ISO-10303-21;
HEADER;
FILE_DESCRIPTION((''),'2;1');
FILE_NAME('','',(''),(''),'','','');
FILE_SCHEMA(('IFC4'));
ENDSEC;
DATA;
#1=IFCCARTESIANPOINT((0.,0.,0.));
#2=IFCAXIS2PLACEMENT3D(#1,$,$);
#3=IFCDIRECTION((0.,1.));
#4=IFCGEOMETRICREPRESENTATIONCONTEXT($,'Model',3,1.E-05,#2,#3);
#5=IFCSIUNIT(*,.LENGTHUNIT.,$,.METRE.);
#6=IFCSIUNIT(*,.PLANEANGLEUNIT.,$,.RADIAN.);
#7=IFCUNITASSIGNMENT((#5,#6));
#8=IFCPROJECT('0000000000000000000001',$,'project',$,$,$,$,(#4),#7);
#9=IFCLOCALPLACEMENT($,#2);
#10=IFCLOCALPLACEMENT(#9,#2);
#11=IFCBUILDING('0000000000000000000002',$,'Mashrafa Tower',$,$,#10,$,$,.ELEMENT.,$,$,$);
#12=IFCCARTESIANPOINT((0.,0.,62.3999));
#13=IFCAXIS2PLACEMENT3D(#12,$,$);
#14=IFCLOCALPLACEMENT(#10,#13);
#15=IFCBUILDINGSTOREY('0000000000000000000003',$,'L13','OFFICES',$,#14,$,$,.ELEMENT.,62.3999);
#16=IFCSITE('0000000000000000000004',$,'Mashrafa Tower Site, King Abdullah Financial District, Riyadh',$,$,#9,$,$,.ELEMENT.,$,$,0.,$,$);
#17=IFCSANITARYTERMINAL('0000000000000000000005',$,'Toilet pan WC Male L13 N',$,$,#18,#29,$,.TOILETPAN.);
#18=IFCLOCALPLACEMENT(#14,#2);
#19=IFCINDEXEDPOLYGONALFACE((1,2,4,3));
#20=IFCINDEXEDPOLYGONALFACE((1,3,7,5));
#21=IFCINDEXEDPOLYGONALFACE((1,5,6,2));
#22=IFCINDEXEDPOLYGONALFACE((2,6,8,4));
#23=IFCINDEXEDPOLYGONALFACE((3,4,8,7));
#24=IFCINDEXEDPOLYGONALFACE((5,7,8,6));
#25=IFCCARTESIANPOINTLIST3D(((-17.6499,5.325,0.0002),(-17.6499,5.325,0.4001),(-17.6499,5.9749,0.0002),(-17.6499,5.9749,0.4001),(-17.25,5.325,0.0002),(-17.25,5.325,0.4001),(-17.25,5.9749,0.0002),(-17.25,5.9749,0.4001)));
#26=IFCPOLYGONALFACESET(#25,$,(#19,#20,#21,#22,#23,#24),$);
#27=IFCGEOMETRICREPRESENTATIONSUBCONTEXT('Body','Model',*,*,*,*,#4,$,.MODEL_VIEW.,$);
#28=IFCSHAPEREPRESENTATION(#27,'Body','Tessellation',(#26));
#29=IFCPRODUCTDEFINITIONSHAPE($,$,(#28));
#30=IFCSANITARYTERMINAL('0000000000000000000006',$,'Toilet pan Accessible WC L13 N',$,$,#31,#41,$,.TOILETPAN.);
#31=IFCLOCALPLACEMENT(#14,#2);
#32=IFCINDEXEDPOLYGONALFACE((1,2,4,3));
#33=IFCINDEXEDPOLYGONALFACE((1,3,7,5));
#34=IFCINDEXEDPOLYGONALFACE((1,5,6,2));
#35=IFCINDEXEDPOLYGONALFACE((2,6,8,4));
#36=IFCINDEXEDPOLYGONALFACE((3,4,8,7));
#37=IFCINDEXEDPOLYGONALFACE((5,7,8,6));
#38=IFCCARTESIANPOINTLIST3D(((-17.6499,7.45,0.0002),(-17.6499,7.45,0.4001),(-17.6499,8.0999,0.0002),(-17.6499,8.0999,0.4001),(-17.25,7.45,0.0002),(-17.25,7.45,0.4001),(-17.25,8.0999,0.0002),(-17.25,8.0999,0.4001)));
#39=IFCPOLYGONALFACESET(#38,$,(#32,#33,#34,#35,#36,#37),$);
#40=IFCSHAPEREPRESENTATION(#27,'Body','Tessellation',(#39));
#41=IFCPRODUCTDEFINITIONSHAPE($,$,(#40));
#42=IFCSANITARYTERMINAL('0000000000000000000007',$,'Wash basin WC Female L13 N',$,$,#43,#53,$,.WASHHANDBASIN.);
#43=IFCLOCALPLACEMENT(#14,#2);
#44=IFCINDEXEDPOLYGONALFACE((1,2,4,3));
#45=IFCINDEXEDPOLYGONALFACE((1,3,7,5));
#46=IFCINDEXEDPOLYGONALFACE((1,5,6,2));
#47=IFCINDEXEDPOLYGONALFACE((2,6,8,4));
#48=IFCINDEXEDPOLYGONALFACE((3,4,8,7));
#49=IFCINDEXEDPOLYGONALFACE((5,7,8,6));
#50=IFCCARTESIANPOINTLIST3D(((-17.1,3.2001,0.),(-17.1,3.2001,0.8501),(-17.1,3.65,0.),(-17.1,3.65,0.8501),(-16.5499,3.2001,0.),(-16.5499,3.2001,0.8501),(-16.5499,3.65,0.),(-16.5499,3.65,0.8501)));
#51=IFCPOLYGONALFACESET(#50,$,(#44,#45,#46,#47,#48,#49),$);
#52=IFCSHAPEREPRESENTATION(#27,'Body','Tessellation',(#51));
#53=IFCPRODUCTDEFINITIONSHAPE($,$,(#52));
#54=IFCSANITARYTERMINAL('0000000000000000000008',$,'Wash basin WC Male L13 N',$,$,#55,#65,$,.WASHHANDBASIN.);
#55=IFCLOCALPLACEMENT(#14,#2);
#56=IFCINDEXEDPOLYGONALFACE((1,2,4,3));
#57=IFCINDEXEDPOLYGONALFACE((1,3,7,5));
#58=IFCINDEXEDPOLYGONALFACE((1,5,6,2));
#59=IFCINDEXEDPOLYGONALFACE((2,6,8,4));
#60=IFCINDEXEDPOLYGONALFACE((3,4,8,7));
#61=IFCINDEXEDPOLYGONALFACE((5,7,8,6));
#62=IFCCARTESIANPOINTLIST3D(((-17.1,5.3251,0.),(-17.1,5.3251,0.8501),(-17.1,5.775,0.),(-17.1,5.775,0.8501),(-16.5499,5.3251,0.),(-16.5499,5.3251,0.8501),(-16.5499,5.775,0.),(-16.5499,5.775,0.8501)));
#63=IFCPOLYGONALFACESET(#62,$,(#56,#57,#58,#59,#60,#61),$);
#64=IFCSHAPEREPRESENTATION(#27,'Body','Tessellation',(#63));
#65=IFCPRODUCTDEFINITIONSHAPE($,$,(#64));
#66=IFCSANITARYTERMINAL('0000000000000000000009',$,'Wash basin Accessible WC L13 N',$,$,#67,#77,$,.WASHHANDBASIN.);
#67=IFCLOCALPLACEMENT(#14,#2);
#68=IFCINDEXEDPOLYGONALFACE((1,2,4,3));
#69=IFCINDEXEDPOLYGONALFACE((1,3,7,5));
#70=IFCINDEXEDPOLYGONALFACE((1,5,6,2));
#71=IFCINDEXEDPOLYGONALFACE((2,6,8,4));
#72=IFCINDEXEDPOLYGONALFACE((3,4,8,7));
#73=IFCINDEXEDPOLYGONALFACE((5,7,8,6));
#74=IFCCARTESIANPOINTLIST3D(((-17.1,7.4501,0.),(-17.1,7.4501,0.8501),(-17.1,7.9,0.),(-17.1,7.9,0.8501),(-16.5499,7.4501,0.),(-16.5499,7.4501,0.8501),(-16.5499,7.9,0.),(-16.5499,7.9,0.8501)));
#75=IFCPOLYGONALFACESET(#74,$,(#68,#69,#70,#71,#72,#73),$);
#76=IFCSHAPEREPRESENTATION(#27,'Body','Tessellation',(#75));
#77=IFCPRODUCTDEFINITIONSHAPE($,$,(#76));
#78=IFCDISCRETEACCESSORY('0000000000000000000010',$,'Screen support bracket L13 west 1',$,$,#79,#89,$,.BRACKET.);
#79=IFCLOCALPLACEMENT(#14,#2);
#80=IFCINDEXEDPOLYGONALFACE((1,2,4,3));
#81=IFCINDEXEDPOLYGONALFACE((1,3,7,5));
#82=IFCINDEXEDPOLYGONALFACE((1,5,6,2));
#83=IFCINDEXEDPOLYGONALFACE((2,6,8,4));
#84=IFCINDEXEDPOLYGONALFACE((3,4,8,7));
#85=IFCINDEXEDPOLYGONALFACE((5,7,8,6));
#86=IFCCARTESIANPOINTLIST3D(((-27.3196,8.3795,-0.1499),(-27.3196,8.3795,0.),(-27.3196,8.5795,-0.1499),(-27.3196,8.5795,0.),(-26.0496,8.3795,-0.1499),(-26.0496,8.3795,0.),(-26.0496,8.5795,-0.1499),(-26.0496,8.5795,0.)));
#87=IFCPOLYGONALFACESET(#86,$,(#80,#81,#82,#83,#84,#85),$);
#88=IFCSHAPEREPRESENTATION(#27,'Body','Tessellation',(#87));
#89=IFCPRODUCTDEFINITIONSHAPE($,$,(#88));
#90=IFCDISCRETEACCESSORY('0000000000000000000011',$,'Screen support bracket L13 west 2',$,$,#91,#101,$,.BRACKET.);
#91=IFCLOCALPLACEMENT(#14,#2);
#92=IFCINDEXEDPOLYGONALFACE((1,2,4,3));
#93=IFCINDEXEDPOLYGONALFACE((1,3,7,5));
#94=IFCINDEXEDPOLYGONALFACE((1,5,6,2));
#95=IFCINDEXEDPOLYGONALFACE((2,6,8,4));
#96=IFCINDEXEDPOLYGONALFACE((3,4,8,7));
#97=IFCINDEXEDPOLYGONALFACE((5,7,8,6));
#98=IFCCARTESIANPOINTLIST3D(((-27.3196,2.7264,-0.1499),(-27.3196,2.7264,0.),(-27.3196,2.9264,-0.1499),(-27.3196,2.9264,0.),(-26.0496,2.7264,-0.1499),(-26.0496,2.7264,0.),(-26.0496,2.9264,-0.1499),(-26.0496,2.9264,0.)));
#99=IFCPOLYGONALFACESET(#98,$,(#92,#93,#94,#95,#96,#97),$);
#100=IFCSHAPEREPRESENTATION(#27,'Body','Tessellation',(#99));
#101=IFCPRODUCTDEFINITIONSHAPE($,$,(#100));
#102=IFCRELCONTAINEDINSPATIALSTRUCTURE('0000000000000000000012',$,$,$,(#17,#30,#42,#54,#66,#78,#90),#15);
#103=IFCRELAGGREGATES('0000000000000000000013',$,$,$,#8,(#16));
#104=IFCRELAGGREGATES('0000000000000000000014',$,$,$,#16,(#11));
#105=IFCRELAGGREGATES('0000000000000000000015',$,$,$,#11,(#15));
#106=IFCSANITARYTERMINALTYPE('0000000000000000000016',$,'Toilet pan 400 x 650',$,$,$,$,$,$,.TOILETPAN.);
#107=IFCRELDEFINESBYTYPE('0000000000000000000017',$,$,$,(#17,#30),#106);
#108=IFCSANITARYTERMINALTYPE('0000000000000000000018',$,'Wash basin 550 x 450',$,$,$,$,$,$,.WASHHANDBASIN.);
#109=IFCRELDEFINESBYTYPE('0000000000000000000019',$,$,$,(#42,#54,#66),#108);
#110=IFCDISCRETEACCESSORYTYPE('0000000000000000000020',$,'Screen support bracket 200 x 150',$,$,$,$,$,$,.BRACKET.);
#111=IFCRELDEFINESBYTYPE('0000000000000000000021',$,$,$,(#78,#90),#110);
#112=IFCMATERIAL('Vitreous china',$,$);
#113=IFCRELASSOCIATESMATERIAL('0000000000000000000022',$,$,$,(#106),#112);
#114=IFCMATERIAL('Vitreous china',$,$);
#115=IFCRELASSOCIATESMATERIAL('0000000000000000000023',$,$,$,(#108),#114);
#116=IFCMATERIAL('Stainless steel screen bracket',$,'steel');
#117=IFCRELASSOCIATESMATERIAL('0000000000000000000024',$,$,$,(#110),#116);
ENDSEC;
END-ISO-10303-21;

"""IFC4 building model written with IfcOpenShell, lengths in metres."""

from ifc_helpers import new_model, si_unit, direction, frame, origin, origin_2d, place, context, subcontext, project, spatial, rectangle, extrude, source, transform, mapped, material, type_object, type_shapes, element, save


model = new_model("IFC4")

# Units and contexts
model_context = context("Model", 3, precision=1e-05, world=origin(), true_north=direction((0.0, 1.0)))
body_context = subcontext(model_context, "Body", "Model", "MODEL_VIEW")
ifc_project = project(units=[si_unit("LENGTHUNIT", "METRE"), si_unit("PLANEANGLEUNIT", "RADIAN")], contexts=[model_context])

# Site, building, storey
site_placement = place(None, origin())
site = spatial("IfcSite", under=ifc_project, at=site_placement, Name="Mashrafa Tower Site, King Abdullah Financial District, Riyadh", CompositionType="ELEMENT", RefElevation=0.0)
building_placement = place(site_placement, origin())
building = spatial("IfcBuilding", under=site, at=building_placement, Name="Mashrafa Tower", CompositionType="ELEMENT")
storey_placement = place(building_placement, frame((0.0, 0.0, 62.3999)))
storey = spatial("IfcBuildingStorey", under=building, at=storey_placement, Name="L13", Description="OFFICES", CompositionType="ELEMENT", Elevation=62.3999)

# Sanitary terminals
ifc_material_1 = material(Name="Vitreous china")
sanitary_terminal_type_1 = type_object("IfcSanitaryTerminalType", Name="Toilet pan 400 x 650", PredefinedType="TOILETPAN", material=ifc_material_1)
for number, where, z_axis, x_axis, name in (
    (1, (-17.45, 5.6499, 0.0002), (0.0, 0.0, 1.0), (1.0, 0.0, 0.0), "Toilet pan WC Male L13 N"),
    (2, (-17.45, 7.7749, 0.0002), (0.0, 0.0, 1.0), (1.0, 0.0, 0.0), "Toilet pan Accessible WC L13 N"),
):
    element("IfcSanitaryTerminal", number, at=place(storey_placement, frame(where, z_axis=z_axis, x_axis=x_axis)), inside=storey, type_object=sanitary_terminal_type_1, Name=name, PredefinedType="TOILETPAN", context=body_context, shape_type="SweptSolid", body=[
        extrude(rectangle(XDim=0.3999, YDim=0.6499, at=origin_2d()), origin(), (0.0, 0.0, 1.0), 0.3999),
    ])
ifc_material_2 = material(Name="Vitreous china")
sanitary_terminal_type_2 = type_object("IfcSanitaryTerminalType", Name="Wash basin 550 x 450", PredefinedType="WASHHANDBASIN", material=ifc_material_2)
for number, where, z_axis, x_axis, name in (
    (3, (-16.825, 3.425, 0.0), (0.0, 0.0, 1.0), (1.0, 0.0, 0.0), "Wash basin WC Female L13 N"),
    (4, (-16.825, 5.55, 0.0), (0.0, 0.0, 1.0), (1.0, 0.0, 0.0), "Wash basin WC Male L13 N"),
    (5, (-16.825, 7.675, 0.0), (0.0, 0.0, 1.0), (1.0, 0.0, 0.0), "Wash basin Accessible WC L13 N"),
):
    element("IfcSanitaryTerminal", number, at=place(storey_placement, frame(where, z_axis=z_axis, x_axis=x_axis)), inside=storey, type_object=sanitary_terminal_type_2, Name=name, PredefinedType="WASHHANDBASIN", context=body_context, shape_type="SweptSolid", body=[
        extrude(rectangle(XDim=0.55, YDim=0.45, at=origin_2d()), origin(), (0.0, 0.0, 1.0), 0.8501),
    ])

# Discrete accessories
ifc_material_3 = material(Name="Stainless steel screen bracket", Category="steel")
discrete_accessory_type = type_object("IfcDiscreteAccessoryType", Name="Screen support bracket 200 x 150", PredefinedType="BRACKET", material=ifc_material_3)
shared_shape_1 = source(origin(), body_context, "Body", "SweptSolid", [
    extrude(rectangle(XDim=0.2, YDim=1.27, at=origin_2d()), origin(), (0.0, 0.0, 1.0), 0.1499),
])
type_shapes(discrete_accessory_type, [shared_shape_1])
for number, where, z_axis, x_axis, name in (
    (6, (-26.6846, 8.4795, -0.1499), (0.0, 0.0, 1.0), (0.0, -1.0, 0.0), "Screen support bracket L13 west 1"),
    (7, (-26.6846, 2.8264, -0.1499), (0.0, 0.0, 1.0), (0.0, -1.0, 0.0), "Screen support bracket L13 west 2"),
):
    element("IfcDiscreteAccessory", number, at=place(storey_placement, frame(where, z_axis=z_axis, x_axis=x_axis)), inside=storey, type_object=discrete_accessory_type, Name=name, PredefinedType="BRACKET", context=body_context, shape_type="MappedRepresentation", body=[
        mapped(shared_shape_1, transform((0.0, 0.0, 0.0))),
    ])

save(model, "model.ifc")
